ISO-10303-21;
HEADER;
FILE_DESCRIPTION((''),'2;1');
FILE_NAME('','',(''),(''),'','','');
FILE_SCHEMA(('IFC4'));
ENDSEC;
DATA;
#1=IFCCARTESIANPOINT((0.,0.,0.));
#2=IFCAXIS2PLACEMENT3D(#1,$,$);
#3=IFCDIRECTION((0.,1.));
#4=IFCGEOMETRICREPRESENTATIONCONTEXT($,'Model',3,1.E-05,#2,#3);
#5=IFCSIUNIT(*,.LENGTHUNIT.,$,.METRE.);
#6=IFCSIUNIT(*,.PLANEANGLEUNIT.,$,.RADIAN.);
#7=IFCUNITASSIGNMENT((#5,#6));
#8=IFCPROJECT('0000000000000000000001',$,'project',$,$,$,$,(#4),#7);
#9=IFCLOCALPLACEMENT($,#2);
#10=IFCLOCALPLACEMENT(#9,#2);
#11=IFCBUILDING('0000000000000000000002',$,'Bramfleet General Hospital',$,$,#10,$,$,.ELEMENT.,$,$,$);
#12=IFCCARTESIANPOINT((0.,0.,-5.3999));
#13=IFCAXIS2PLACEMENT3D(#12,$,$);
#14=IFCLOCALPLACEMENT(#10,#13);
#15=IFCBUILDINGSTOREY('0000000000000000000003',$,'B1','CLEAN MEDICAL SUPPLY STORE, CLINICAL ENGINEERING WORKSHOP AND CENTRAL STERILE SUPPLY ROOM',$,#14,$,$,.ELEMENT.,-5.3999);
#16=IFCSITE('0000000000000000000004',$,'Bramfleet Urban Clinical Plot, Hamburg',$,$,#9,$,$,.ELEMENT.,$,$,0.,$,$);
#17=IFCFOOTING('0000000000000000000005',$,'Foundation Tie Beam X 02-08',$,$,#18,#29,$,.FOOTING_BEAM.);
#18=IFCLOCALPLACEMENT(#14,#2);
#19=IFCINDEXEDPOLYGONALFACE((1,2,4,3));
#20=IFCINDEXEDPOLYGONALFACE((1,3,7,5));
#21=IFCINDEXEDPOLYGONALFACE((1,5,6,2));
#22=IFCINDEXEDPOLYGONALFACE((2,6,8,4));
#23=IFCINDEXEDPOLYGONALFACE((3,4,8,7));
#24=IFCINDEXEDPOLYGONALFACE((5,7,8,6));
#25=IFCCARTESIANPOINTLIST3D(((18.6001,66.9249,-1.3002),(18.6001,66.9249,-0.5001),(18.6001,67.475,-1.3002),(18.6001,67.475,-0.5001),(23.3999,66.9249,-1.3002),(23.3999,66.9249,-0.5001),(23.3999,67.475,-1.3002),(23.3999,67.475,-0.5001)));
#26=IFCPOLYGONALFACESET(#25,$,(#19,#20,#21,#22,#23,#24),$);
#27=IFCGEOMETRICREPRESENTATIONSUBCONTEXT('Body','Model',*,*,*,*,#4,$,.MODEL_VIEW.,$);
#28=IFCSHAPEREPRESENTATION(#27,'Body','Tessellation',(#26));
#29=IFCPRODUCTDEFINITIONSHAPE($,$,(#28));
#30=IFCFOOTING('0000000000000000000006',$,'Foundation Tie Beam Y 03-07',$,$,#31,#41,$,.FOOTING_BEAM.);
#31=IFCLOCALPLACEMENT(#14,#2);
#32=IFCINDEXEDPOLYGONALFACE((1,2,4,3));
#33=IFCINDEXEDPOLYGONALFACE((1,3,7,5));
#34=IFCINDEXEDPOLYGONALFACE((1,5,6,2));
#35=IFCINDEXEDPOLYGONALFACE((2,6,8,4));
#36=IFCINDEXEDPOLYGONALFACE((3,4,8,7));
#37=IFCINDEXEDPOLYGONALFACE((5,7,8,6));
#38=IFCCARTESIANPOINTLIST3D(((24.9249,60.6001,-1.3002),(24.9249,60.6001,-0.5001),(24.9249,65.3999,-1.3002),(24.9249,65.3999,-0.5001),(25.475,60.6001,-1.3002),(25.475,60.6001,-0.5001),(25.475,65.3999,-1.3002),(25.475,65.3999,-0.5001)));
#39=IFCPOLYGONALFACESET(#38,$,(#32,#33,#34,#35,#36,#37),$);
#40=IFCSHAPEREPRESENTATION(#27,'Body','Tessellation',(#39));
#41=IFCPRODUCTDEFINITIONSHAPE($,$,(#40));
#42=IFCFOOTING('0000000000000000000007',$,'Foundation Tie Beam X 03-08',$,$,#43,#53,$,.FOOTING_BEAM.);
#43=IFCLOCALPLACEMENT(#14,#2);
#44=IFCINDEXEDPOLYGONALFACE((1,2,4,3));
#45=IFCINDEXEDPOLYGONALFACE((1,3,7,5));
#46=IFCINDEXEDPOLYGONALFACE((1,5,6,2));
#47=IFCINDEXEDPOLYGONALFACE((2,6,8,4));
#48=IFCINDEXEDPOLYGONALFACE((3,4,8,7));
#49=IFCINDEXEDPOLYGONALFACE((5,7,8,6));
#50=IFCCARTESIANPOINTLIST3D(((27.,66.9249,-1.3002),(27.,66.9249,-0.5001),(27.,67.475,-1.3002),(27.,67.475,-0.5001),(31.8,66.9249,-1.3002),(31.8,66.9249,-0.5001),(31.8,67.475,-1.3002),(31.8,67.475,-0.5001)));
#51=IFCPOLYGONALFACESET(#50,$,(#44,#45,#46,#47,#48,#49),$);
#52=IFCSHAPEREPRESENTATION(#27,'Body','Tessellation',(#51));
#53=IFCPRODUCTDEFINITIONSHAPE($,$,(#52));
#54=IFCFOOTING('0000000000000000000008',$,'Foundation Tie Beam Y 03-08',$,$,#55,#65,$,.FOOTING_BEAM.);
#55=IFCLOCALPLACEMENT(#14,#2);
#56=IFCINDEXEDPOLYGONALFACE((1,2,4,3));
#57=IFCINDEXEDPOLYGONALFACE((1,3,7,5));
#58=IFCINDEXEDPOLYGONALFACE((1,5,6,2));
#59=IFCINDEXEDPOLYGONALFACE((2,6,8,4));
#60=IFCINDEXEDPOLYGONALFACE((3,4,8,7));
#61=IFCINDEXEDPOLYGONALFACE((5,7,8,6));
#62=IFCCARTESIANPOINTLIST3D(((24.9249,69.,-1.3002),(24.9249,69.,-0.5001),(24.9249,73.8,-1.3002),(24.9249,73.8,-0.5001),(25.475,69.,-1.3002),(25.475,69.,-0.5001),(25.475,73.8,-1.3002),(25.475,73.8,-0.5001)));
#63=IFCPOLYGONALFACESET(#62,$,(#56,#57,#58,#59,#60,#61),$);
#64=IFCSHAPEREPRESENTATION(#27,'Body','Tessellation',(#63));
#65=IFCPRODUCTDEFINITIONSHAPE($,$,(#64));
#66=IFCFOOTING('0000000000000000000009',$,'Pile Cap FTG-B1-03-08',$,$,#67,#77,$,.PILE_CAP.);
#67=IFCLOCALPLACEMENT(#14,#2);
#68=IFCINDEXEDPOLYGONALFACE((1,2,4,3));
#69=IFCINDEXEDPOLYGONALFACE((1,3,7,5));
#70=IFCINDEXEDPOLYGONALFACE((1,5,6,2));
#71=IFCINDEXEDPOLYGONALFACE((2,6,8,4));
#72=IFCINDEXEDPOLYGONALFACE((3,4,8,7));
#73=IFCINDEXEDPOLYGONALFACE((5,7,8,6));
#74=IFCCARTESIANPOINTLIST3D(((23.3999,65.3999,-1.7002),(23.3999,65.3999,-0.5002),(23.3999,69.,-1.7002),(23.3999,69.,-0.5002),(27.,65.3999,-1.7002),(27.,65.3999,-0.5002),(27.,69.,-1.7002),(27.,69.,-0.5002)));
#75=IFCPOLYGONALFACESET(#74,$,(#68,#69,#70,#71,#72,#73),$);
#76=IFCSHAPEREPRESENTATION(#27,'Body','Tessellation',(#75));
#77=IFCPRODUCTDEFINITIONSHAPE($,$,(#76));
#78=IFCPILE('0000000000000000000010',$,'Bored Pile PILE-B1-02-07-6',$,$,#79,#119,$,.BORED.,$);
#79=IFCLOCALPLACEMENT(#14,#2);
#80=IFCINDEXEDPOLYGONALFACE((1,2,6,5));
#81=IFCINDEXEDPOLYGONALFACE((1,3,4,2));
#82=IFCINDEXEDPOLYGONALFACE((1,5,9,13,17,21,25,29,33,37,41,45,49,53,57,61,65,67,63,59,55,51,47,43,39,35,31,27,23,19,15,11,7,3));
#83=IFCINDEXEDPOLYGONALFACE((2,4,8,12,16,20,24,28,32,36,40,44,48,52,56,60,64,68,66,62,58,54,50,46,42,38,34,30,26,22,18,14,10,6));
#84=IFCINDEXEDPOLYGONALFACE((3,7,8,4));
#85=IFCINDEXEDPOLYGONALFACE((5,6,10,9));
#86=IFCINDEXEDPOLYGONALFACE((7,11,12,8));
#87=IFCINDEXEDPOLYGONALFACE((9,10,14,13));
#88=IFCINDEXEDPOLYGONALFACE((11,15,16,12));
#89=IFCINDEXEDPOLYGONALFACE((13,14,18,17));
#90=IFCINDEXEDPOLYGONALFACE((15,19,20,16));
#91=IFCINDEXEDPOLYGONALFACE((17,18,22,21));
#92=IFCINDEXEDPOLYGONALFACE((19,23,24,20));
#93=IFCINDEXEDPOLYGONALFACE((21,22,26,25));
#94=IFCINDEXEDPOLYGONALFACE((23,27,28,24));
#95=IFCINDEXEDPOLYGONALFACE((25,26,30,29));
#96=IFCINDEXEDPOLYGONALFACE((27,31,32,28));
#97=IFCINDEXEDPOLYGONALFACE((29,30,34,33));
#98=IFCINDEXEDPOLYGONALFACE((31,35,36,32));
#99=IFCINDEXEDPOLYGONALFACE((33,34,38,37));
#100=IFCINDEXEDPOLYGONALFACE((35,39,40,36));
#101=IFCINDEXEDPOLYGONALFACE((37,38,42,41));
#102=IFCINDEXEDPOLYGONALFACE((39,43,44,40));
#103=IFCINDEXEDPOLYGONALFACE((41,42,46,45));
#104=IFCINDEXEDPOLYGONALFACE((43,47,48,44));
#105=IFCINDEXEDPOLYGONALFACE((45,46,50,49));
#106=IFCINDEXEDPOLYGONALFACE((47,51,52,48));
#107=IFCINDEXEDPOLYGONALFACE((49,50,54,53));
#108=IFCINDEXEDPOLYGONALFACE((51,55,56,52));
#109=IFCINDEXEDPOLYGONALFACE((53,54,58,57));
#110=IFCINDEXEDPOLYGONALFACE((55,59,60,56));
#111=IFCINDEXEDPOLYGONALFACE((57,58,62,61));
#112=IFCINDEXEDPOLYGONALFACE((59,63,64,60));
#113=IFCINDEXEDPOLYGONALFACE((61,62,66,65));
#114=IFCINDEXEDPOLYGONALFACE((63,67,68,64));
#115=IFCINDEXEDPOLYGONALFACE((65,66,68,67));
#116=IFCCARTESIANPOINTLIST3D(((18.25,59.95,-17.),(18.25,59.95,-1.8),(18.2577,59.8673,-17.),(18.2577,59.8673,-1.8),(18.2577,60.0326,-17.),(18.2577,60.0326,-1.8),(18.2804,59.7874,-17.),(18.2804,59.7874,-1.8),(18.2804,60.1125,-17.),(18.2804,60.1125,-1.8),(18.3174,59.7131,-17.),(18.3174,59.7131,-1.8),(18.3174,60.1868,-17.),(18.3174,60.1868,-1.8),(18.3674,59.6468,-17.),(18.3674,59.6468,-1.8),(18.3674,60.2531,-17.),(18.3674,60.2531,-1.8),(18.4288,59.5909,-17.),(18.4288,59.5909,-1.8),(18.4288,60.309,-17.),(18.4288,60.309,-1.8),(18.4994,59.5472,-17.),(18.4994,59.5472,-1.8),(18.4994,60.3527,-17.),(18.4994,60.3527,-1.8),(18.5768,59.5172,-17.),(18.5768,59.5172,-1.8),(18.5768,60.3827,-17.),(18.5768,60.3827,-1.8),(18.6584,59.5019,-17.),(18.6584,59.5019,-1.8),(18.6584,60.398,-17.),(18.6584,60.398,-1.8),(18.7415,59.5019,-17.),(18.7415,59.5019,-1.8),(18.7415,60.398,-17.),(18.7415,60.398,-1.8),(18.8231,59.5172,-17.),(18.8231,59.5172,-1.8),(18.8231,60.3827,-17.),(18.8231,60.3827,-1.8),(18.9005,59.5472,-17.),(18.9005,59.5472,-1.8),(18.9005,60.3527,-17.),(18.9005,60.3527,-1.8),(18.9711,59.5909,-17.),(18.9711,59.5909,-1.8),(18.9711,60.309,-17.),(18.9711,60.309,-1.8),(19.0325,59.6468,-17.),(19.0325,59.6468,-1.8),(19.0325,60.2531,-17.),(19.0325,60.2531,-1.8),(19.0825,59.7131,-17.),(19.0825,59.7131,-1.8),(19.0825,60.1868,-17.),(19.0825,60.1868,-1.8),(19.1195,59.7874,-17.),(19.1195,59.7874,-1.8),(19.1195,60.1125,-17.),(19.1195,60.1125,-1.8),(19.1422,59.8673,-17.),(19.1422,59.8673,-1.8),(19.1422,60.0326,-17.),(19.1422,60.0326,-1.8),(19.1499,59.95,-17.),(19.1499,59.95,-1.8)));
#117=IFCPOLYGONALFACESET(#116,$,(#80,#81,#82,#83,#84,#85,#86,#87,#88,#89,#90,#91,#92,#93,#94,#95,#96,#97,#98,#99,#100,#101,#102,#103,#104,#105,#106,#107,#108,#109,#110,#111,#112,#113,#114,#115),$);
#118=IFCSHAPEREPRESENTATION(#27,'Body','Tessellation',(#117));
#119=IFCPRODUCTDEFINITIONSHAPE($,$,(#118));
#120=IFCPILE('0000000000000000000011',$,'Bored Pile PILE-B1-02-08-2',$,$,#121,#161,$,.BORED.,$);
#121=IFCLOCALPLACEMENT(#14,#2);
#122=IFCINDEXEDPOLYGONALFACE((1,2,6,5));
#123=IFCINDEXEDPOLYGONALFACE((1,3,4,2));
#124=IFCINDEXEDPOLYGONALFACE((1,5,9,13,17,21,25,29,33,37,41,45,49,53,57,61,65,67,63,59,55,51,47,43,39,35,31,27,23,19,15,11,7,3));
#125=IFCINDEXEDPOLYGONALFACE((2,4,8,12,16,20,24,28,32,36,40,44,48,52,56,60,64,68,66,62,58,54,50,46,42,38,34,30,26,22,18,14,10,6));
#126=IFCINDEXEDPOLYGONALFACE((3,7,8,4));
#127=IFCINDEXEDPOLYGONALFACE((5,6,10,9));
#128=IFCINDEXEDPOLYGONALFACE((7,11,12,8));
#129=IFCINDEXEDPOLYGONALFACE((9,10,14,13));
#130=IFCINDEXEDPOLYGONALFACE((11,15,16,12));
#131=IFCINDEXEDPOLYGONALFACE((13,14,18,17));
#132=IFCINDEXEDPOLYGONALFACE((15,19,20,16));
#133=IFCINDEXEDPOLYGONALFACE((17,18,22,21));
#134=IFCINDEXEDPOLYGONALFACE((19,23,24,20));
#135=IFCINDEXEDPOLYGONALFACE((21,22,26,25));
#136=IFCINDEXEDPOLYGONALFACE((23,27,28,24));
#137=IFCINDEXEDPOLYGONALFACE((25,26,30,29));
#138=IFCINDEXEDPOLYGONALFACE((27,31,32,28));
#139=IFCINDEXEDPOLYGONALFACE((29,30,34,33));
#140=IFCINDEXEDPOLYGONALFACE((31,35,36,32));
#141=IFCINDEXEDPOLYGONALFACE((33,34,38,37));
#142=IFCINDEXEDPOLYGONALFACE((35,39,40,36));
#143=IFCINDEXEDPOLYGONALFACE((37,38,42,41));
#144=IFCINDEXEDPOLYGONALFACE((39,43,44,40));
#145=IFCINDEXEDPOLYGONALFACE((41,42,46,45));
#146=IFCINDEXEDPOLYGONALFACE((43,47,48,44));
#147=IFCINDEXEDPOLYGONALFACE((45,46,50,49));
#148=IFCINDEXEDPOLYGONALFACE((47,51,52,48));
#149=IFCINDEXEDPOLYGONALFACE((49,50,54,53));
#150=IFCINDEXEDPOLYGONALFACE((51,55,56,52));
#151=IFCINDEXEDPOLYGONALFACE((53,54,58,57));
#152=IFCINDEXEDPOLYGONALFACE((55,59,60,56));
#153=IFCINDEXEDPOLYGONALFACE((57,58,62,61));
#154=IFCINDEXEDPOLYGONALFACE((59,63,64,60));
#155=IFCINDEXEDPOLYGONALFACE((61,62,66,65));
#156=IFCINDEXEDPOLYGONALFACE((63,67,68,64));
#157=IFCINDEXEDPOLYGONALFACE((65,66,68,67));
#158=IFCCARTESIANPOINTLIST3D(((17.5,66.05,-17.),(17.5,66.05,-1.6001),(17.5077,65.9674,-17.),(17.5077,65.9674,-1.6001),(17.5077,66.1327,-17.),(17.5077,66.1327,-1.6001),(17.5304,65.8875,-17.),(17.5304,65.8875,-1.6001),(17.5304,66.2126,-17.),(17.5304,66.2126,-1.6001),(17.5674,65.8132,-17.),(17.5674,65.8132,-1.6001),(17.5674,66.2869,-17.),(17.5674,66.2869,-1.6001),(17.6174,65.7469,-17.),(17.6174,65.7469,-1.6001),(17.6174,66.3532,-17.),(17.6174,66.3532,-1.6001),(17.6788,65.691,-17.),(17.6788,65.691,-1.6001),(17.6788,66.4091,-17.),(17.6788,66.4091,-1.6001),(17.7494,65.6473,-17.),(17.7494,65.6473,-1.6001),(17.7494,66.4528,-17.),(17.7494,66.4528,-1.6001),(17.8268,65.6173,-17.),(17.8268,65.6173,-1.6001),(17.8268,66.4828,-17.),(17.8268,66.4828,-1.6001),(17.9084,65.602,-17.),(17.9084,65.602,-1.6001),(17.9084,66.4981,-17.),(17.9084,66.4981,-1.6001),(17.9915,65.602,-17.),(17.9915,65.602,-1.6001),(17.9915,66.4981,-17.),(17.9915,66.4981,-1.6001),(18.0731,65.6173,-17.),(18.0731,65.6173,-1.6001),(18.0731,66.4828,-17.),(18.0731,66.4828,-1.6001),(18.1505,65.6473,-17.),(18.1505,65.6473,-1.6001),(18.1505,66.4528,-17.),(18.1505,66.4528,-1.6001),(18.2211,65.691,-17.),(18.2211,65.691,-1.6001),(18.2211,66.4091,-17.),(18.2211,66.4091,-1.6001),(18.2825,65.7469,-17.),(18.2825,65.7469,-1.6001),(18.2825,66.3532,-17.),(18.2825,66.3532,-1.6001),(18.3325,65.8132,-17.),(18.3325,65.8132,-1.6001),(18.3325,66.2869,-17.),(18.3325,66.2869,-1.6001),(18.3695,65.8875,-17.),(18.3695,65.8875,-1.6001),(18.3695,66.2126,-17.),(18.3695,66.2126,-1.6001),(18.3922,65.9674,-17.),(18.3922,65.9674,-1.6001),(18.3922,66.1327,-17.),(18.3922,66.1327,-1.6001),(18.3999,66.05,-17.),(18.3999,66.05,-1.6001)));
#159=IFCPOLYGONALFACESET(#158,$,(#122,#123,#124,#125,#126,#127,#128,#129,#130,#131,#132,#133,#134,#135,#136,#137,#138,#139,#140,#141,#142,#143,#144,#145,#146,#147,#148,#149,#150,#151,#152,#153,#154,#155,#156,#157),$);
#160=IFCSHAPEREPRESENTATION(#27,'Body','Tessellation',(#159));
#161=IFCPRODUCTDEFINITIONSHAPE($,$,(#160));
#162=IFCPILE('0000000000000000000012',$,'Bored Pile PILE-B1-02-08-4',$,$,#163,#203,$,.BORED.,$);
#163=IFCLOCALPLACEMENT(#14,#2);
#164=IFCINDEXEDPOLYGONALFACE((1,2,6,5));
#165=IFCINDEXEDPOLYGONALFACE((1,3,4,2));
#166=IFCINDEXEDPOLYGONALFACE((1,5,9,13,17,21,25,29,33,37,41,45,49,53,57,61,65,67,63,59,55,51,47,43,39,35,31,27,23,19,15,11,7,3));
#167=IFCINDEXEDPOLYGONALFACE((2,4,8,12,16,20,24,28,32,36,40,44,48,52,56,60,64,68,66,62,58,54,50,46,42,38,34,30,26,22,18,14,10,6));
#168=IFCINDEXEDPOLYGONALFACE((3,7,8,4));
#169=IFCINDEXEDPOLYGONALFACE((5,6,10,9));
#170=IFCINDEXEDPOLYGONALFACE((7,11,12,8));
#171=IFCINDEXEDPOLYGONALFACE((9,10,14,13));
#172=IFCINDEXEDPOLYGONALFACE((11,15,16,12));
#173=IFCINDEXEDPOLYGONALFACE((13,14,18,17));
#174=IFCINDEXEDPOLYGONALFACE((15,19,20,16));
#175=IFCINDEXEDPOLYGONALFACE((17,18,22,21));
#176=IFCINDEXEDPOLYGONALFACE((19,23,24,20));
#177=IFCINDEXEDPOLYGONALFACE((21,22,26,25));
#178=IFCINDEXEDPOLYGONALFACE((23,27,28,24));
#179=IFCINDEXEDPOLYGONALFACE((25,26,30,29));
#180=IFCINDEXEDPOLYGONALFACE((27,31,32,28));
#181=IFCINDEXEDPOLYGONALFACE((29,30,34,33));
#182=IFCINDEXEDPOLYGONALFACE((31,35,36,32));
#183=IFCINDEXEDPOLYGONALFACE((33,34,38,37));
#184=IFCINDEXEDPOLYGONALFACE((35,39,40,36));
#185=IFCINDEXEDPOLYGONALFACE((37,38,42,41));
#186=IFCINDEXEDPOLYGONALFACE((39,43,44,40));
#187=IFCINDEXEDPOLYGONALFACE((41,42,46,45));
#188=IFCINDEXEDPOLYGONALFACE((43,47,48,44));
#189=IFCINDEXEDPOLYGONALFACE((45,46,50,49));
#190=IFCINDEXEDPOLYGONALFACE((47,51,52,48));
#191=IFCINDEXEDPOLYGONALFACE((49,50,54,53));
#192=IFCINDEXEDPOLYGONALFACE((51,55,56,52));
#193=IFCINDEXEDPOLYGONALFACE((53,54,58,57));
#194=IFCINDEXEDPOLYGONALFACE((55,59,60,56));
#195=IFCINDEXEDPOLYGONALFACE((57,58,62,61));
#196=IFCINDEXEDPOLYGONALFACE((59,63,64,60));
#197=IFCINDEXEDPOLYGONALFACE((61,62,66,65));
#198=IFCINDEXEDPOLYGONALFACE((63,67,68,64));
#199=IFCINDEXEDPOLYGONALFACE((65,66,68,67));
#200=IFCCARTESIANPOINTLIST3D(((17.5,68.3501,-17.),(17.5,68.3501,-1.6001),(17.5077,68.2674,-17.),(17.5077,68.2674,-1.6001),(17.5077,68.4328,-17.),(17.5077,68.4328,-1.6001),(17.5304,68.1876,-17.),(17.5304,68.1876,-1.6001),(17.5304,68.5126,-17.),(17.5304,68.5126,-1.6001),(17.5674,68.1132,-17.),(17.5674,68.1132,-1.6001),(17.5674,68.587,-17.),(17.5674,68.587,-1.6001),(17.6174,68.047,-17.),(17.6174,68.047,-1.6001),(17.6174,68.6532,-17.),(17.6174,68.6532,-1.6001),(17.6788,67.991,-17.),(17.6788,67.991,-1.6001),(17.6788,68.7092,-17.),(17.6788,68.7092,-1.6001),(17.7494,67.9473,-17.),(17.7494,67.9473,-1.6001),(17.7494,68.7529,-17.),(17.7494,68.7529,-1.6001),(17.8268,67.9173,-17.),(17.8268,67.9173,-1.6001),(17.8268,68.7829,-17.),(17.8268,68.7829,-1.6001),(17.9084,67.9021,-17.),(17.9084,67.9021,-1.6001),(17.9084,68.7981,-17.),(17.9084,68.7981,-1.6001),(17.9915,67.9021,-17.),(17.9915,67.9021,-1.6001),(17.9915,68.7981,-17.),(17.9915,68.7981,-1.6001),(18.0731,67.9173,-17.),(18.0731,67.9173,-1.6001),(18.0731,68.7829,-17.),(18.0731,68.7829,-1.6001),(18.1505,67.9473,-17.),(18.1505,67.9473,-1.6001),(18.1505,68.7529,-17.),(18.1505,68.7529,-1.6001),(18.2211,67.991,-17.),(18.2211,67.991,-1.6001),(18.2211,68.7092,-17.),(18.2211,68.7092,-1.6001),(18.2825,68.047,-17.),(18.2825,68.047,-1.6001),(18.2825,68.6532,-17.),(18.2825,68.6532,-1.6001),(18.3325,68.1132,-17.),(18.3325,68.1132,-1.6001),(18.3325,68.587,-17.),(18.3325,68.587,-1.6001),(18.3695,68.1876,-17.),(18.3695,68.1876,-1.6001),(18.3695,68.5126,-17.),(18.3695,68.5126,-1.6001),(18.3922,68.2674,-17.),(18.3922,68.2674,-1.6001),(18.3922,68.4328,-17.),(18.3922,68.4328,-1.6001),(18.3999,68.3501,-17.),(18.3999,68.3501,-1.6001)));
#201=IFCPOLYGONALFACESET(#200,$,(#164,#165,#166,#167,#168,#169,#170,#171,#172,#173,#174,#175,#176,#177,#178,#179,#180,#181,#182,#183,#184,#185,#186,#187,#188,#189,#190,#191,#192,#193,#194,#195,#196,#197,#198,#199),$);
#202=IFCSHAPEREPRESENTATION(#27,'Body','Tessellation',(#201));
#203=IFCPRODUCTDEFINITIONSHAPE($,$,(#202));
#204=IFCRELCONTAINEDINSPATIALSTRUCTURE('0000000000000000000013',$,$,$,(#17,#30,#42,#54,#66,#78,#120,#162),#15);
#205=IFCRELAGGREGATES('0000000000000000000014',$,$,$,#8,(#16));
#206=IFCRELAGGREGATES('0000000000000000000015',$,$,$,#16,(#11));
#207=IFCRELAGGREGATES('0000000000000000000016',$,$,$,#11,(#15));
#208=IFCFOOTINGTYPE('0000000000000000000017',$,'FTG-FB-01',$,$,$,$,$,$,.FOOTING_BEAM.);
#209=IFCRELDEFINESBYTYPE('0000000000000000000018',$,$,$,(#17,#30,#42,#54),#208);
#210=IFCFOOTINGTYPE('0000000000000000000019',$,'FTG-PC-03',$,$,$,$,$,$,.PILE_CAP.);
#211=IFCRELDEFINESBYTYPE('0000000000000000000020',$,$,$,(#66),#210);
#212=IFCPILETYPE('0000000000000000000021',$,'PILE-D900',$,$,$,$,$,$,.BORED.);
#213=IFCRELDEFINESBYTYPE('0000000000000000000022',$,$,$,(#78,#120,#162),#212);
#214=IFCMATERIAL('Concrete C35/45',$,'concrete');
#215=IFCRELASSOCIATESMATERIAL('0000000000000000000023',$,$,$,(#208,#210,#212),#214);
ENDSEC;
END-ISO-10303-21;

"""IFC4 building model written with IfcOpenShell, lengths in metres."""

from ifc_helpers import new_model, si_unit, direction, frame, origin, origin_2d, place, context, subcontext, project, spatial, rectangle, circle, extrude, material, material_profile, profile_set, type_object, element, save


model = new_model("IFC4")

# Units and contexts
model_context = context("Model", 3, precision=1e-05, world=origin(), true_north=direction((0.0, 1.0)))
body_context = subcontext(model_context, "Body", "Model", "MODEL_VIEW")
ifc_project = project(units=[si_unit("LENGTHUNIT", "METRE"), si_unit("PLANEANGLEUNIT", "RADIAN")], contexts=[model_context])

# Site, building, storey
site_placement = place(None, origin())
site = spatial("IfcSite", under=ifc_project, at=site_placement, Name="Bramfleet Urban Clinical Plot, Hamburg", CompositionType="ELEMENT", RefElevation=0.0)
building_placement = place(site_placement, origin())
building = spatial("IfcBuilding", under=site, at=building_placement, Name="Bramfleet General Hospital", CompositionType="ELEMENT")
storey_placement = place(building_placement, frame((0.0, 0.0, -5.3999)))
storey = spatial("IfcBuildingStorey", under=building, at=storey_placement, Name="B1", Description="CLEAN MEDICAL SUPPLY STORE, CLINICAL ENGINEERING WORKSHOP AND CENTRAL STERILE SUPPLY ROOM", CompositionType="ELEMENT", Elevation=-5.3999)

# Footings
ifc_material_1 = material(Name="Concrete C35/45", Category="concrete")
ifc_material_profile_1 = material_profile(ifc_material_1, rectangle(XDim=0.55, YDim=0.8, at=origin_2d()), Name="RC FB 800x550")
ifc_profile_set_1 = profile_set([ifc_material_profile_1], Name="Concrete C35/45")
footing_type_1 = type_object("IfcFootingType", Name="FTG-FB-01", PredefinedType="FOOTING_BEAM", material=ifc_profile_set_1)
for number, where, z_axis, x_axis, name in (
    (1, (18.6001, 67.2, -0.9001), (1.0, 0.0, 0.0), (0.0, 1.0, 0.0), "Foundation Tie Beam X 02-08"),
    (2, (25.2, 60.6001, -0.9001), (0.0, 1.0, 0.0), (-1.0, 0.0, 0.0), "Foundation Tie Beam Y 03-07"),
):
    element("IfcFooting", number, at=place(storey_placement, frame(where, z_axis=z_axis, x_axis=x_axis)), inside=storey, type_object=footing_type_1, Name=name, PredefinedType="FOOTING_BEAM", context=body_context, shape_type="SweptSolid", body=[
        extrude(rectangle(XDim=0.55, YDim=0.8, at=origin_2d()), origin(), (0.0, 0.0, 1.0), 4.7998),
    ])
for number, where, z_axis, x_axis, name in (
    (3, (27.0, 67.2, -0.9001), (1.0, 0.0, 0.0), (0.0, 1.0, 0.0), "Foundation Tie Beam X 03-08"),
    (4, (25.2, 69.0, -0.9001), (0.0, 1.0, 0.0), (-1.0, 0.0, 0.0), "Foundation Tie Beam Y 03-08"),
):
    element("IfcFooting", number, at=place(storey_placement, frame(where, z_axis=z_axis, x_axis=x_axis)), inside=storey, type_object=footing_type_1, Name=name, PredefinedType="FOOTING_BEAM", context=body_context, shape_type="SweptSolid", body=[
        extrude(rectangle(XDim=0.55, YDim=0.8, at=origin_2d()), origin(), (0.0, 0.0, 1.0), 4.8),
    ])
footing_type_2 = type_object("IfcFootingType", Name="FTG-PC-03", PredefinedType="PILE_CAP", material=ifc_material_1)
footing_placement = place(storey_placement, frame((25.2, 67.2, -1.7002), z_axis=(0.0, 0.0, 1.0), x_axis=(1.0, 0.0, 0.0)))
element("IfcFooting", 5, at=footing_placement, inside=storey, type_object=footing_type_2, Name="Pile Cap FTG-B1-03-08", PredefinedType="PILE_CAP", context=body_context, shape_type="SweptSolid", body=[
    extrude(rectangle(XDim=3.6001, YDim=3.6001, at=origin_2d()), origin(), (0.0, 0.0, 1.0), 1.2),
])

# Piles
ifc_material_profile_2 = material_profile(ifc_material_1, circle(Radius=0.45, at=origin_2d()), Name="PILE BORED D900")
ifc_profile_set_2 = profile_set([ifc_material_profile_2], Name="Concrete C35/45")
pile_type = type_object("IfcPileType", Name="PILE-D900", PredefinedType="BORED", material=ifc_profile_set_2)
pile_placement = place(storey_placement, frame((18.7, 59.95, -1.8), z_axis=(0.0, 0.0, -1.0), x_axis=(1.0, 0.0, 0.0)))
element("IfcPile", 6, at=pile_placement, inside=storey, type_object=pile_type, Name="Bored Pile PILE-B1-02-07-6", PredefinedType="BORED", context=body_context, shape_type="SweptSolid", body=[
    extrude(circle(Radius=0.45, at=origin_2d()), origin(), (0.0, 0.0, 1.0), 15.2),
])
for number, where, z_axis, x_axis, name in (
    (7, (17.95, 66.05, -1.6001), (0.0, 0.0, -1.0), (1.0, 0.0, 0.0), "Bored Pile PILE-B1-02-08-2"),
    (8, (17.95, 68.3501, -1.6001), (0.0, 0.0, -1.0), (1.0, 0.0, 0.0), "Bored Pile PILE-B1-02-08-4"),
):
    element("IfcPile", number, at=place(storey_placement, frame(where, z_axis=z_axis, x_axis=x_axis)), inside=storey, type_object=pile_type, Name=name, PredefinedType="BORED", context=body_context, shape_type="SweptSolid", body=[
        extrude(circle(Radius=0.45, at=origin_2d()), origin(), (0.0, 0.0, 1.0), 15.3999),
    ])

save(model, "model.ifc")
